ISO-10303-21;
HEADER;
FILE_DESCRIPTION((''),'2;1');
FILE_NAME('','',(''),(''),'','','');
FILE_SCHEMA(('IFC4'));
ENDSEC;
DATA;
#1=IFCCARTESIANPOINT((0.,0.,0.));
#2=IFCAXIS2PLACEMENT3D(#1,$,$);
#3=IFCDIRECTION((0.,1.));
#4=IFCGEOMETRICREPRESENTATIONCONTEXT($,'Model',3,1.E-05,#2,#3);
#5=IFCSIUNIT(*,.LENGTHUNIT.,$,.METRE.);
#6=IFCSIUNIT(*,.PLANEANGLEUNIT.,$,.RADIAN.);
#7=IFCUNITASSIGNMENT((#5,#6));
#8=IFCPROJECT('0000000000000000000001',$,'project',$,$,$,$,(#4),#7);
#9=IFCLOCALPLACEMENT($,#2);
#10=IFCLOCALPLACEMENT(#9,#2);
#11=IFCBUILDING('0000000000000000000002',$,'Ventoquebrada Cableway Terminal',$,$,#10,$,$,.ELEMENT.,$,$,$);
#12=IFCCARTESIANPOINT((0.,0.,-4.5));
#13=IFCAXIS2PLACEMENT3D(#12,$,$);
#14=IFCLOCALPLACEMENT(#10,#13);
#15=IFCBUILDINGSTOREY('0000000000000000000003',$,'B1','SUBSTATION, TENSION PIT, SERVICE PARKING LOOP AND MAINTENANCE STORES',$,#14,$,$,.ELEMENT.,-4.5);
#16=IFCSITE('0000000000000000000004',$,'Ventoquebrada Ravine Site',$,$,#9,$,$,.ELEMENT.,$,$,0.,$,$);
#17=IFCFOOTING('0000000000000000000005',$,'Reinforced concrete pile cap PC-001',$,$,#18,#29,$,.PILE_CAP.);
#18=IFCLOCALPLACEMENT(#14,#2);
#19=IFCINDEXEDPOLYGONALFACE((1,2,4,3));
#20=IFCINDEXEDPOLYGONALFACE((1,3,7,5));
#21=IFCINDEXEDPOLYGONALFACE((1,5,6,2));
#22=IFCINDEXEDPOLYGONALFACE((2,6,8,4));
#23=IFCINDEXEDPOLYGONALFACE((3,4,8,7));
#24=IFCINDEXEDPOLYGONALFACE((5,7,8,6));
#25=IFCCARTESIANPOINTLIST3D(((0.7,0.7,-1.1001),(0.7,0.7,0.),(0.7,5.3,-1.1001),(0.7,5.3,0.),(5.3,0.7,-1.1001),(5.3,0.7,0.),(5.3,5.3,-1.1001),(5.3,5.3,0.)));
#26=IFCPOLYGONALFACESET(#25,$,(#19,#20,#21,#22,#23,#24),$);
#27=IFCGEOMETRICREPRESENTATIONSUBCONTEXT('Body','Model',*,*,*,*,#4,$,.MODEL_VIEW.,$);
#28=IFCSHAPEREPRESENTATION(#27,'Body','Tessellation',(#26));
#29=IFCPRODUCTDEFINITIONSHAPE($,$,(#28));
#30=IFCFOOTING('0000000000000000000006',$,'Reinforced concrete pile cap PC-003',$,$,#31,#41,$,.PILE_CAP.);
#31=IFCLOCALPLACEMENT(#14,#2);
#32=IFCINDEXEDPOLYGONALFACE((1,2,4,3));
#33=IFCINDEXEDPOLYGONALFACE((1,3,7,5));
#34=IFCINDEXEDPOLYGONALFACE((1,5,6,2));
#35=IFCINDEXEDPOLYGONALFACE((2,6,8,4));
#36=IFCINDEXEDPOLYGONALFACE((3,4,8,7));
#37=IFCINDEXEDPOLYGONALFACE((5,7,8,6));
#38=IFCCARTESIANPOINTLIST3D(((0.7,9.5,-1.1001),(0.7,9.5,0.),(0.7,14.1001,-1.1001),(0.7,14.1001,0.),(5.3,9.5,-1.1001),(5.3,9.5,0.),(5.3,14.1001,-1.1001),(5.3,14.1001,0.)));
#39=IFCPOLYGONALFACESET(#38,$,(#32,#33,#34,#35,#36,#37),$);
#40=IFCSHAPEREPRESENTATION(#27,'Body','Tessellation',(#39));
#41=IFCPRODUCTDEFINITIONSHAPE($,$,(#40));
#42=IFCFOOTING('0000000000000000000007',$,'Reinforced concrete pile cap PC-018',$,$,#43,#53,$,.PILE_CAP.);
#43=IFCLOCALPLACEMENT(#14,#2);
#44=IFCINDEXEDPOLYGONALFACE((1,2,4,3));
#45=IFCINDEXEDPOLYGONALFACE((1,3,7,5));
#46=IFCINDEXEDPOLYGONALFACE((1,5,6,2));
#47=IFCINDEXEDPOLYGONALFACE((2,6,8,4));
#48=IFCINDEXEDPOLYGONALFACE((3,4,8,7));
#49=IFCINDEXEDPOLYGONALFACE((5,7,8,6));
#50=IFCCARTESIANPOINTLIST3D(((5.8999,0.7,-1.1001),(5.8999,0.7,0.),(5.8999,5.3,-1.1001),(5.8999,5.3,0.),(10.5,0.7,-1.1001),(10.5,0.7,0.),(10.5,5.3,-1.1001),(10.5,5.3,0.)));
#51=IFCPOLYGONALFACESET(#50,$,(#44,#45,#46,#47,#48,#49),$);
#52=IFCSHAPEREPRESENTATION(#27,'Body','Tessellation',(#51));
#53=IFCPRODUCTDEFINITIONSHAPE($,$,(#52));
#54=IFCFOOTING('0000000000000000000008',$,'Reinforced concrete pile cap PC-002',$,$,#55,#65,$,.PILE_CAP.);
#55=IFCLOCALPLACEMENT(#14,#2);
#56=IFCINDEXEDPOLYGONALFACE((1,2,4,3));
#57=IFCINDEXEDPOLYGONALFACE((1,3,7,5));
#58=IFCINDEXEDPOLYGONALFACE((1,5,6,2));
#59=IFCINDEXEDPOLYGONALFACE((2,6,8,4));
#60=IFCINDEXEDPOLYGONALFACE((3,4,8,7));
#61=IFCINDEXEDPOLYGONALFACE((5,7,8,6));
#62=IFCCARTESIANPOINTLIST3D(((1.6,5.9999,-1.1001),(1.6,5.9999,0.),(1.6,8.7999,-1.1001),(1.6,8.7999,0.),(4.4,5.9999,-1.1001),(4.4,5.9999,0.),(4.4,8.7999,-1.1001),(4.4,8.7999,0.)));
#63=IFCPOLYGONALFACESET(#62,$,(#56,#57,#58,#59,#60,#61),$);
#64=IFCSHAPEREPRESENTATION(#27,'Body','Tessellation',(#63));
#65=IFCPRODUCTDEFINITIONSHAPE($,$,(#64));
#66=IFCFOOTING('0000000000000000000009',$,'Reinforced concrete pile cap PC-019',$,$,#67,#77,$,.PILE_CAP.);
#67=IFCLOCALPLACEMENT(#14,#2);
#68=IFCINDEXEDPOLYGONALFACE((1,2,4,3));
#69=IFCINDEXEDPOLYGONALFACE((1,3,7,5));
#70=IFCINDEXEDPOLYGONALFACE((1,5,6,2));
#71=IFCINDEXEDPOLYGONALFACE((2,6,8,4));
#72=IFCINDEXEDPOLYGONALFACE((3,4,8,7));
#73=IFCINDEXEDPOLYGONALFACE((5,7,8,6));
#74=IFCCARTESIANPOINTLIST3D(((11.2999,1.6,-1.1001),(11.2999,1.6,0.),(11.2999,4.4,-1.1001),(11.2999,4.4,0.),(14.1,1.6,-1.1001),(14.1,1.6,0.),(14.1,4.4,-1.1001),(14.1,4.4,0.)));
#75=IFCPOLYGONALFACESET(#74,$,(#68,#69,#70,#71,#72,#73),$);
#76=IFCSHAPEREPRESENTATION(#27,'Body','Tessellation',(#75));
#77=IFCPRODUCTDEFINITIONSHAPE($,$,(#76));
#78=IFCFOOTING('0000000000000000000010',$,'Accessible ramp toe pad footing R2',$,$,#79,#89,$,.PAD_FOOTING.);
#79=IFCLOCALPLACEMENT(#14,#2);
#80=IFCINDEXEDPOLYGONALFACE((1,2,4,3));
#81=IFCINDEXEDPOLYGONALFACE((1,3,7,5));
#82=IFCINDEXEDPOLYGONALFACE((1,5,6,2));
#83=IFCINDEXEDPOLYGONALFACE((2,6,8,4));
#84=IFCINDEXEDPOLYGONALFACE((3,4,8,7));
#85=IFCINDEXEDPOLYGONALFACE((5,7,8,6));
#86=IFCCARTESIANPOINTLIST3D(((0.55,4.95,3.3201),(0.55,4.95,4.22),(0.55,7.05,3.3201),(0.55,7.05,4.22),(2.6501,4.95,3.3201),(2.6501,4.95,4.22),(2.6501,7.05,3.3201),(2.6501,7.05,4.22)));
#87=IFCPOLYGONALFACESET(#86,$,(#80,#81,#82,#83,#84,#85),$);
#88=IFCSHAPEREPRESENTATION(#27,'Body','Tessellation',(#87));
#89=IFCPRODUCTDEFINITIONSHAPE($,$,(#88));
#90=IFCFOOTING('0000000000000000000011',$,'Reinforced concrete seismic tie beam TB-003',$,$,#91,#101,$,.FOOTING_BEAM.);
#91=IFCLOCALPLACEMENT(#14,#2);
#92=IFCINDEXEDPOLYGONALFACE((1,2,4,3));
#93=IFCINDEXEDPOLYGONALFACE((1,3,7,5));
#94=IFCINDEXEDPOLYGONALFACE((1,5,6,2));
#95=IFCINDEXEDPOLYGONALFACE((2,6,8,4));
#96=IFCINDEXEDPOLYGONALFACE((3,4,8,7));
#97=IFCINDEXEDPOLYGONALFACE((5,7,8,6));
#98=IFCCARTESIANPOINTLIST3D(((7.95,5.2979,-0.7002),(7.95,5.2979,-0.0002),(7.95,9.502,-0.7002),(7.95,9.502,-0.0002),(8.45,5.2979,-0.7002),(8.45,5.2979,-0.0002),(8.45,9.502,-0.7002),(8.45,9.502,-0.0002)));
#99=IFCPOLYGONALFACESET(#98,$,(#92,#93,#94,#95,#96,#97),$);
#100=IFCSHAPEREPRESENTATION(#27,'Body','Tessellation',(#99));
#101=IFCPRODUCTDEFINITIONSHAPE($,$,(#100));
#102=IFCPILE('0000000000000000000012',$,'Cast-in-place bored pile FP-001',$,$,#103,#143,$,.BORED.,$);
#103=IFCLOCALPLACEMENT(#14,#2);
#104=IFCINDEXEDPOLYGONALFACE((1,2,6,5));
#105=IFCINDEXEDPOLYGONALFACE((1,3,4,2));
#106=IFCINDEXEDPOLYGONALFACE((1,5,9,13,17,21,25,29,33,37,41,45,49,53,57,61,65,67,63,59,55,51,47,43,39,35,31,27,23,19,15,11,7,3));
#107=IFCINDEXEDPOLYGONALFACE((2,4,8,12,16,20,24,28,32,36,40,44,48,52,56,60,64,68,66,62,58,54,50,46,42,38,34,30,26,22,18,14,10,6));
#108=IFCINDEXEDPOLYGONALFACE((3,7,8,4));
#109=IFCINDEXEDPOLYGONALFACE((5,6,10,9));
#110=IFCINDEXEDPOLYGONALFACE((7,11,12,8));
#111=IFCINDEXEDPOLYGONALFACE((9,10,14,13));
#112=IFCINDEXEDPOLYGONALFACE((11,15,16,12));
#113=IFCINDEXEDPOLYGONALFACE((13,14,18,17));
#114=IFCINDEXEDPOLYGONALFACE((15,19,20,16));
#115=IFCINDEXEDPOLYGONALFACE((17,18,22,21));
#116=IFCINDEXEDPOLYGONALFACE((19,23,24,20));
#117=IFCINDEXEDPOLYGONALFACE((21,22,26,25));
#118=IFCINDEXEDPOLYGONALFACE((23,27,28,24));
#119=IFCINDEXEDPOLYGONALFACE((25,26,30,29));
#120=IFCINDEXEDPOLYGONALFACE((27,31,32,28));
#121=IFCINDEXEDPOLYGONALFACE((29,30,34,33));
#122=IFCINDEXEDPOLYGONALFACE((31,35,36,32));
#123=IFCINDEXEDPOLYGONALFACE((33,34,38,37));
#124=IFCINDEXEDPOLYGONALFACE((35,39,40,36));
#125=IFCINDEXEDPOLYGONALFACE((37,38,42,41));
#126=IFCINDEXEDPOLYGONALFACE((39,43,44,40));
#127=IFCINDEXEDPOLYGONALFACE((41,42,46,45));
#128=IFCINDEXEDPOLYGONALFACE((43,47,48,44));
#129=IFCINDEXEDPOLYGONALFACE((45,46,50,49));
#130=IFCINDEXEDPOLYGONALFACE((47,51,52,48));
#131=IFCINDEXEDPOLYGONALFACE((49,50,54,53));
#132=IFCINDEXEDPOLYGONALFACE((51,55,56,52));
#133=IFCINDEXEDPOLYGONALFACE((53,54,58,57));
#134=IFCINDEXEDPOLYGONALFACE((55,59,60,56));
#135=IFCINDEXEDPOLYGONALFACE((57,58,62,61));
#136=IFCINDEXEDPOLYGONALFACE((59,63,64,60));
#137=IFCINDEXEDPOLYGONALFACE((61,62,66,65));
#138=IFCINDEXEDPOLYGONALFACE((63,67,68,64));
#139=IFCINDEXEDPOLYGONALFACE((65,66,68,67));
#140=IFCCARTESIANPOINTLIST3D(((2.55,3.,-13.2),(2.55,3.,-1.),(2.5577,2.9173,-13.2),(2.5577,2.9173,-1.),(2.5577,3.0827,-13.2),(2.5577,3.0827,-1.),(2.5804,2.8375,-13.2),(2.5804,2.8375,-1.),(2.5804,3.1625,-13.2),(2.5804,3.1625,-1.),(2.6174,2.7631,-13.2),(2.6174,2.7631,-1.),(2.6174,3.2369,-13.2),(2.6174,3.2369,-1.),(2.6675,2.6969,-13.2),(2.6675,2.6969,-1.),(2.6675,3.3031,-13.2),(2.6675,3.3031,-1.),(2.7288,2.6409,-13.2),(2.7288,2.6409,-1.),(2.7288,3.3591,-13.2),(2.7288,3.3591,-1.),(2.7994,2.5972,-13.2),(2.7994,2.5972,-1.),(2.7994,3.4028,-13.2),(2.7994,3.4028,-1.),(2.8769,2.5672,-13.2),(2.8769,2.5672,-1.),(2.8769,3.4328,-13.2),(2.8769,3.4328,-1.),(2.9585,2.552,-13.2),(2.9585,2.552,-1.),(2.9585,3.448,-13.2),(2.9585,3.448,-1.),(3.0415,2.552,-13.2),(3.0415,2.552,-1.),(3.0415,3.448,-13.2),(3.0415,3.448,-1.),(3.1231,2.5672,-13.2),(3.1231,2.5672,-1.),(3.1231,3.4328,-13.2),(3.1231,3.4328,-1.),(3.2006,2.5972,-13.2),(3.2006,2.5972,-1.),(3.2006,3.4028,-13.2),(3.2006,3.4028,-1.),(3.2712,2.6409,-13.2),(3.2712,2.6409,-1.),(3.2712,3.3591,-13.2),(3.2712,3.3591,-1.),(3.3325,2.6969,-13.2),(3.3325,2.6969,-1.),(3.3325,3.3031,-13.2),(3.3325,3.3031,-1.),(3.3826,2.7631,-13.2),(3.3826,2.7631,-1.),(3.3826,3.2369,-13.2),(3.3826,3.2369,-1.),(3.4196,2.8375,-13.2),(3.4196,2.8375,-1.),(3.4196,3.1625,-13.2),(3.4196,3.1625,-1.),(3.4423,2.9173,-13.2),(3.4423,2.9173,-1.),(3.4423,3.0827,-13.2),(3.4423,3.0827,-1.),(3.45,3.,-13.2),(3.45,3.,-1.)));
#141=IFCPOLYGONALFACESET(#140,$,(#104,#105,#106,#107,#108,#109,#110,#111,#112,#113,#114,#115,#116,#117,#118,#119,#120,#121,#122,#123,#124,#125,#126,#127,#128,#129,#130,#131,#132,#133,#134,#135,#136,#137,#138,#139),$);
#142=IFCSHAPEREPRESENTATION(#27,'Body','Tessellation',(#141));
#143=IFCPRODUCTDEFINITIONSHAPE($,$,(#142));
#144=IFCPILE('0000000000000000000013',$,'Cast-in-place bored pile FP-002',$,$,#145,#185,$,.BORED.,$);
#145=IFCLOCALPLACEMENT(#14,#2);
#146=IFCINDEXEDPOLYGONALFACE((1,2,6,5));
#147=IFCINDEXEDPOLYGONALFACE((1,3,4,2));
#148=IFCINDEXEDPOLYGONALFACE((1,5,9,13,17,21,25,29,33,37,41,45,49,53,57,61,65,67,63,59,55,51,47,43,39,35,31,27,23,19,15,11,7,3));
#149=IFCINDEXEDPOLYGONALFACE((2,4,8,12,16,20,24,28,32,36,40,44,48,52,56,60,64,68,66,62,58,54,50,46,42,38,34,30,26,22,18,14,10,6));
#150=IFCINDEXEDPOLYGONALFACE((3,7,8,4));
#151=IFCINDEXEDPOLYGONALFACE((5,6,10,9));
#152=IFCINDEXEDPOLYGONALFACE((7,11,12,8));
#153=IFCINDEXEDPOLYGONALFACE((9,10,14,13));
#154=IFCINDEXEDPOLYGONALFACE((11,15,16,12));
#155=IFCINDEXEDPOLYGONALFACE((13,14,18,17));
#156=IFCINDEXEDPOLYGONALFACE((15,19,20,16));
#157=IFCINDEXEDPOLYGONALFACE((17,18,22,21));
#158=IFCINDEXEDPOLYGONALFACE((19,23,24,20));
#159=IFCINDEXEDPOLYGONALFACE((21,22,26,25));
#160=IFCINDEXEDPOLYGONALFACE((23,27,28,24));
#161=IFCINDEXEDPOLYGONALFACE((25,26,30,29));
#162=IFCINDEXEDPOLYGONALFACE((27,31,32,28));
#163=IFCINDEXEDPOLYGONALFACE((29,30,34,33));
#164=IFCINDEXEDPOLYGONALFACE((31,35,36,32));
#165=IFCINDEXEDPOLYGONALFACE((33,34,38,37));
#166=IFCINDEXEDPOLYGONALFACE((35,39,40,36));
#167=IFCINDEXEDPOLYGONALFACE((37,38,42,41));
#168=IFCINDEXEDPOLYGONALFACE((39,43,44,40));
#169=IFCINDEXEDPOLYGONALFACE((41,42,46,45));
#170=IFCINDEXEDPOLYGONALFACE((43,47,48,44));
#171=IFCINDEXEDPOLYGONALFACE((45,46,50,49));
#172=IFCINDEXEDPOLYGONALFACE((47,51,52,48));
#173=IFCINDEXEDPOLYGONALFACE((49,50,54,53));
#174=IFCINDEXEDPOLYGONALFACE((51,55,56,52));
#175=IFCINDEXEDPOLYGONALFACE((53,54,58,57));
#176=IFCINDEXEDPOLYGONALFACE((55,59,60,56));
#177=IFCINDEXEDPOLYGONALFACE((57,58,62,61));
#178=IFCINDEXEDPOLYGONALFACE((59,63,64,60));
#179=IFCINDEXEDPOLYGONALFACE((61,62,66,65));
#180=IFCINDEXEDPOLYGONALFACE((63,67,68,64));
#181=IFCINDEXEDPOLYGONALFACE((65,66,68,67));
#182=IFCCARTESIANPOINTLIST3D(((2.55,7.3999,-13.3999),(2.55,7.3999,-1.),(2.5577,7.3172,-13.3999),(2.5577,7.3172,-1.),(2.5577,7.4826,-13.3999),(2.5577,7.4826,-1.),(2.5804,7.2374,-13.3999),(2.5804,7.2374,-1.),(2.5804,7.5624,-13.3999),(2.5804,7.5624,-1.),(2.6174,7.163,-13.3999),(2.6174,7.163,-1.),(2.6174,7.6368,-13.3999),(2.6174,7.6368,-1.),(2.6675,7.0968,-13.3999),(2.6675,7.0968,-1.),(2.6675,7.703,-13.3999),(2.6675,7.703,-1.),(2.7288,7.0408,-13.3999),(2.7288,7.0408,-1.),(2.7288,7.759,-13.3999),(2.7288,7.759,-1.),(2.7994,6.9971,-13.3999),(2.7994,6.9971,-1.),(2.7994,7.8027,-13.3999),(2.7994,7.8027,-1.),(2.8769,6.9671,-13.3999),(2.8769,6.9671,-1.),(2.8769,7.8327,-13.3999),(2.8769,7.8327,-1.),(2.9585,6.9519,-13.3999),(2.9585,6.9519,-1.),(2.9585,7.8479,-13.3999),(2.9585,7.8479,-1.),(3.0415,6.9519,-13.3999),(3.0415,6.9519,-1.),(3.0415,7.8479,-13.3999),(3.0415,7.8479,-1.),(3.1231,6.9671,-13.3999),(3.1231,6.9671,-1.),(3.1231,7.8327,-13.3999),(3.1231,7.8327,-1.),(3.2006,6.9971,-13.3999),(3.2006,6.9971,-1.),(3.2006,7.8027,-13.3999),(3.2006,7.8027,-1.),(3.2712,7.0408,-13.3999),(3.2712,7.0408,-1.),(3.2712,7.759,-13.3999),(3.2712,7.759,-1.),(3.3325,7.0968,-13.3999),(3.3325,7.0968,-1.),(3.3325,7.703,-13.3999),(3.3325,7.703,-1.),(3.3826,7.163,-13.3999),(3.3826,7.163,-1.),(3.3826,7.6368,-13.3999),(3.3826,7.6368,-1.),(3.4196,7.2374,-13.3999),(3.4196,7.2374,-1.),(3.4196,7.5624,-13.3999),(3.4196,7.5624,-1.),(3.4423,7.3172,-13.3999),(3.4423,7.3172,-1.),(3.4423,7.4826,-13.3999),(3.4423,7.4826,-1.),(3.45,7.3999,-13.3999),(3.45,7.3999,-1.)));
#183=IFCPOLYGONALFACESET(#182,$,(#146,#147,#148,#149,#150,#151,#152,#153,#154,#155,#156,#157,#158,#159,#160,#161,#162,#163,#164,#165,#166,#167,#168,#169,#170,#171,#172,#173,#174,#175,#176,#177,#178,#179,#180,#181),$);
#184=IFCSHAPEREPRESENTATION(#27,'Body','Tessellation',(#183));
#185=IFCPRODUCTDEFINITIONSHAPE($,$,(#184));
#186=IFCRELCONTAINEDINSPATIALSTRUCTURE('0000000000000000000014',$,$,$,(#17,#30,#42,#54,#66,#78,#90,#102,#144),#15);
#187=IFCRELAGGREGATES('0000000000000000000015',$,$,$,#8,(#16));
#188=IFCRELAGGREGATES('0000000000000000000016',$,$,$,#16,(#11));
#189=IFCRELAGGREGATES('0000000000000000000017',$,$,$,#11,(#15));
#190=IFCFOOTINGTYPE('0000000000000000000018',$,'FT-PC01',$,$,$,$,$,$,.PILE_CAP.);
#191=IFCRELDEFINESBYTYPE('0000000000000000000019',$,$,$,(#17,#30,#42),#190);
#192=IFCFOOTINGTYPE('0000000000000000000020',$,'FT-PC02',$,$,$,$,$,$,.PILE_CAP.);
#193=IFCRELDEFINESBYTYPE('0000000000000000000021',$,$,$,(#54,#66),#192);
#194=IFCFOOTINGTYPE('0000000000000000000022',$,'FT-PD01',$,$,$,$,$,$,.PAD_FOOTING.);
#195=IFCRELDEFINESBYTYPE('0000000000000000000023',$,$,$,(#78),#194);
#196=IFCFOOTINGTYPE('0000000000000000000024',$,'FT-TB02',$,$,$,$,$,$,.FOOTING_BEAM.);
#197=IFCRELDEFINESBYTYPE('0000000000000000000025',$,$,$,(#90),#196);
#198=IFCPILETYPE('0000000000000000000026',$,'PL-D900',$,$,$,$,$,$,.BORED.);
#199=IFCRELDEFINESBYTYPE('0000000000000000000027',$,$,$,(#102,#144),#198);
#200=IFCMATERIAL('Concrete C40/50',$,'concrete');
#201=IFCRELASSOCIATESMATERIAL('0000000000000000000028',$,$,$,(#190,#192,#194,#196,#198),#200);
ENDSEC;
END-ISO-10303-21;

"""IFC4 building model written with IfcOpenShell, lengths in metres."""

from ifc_helpers import new_model, si_unit, direction, frame, origin, origin_2d, place, context, subcontext, project, spatial, rectangle, circle, extrude, material, material_profile, profile_set, type_object, element, save


model = new_model("IFC4")

# Units and contexts
model_context = context("Model", 3, precision=1e-05, world=origin(), true_north=direction((0.0, 1.0)))
body_context = subcontext(model_context, "Body", "Model", "MODEL_VIEW")
ifc_project = project(units=[si_unit("LENGTHUNIT", "METRE"), si_unit("PLANEANGLEUNIT", "RADIAN")], contexts=[model_context])

# Site, building, storey
site_placement = place(None, origin())
site = spatial("IfcSite", under=ifc_project, at=site_placement, Name="Ventoquebrada Ravine Site", CompositionType="ELEMENT", RefElevation=0.0)
building_placement = place(site_placement, origin())
building = spatial("IfcBuilding", under=site, at=building_placement, Name="Ventoquebrada Cableway Terminal", CompositionType="ELEMENT")
storey_placement = place(building_placement, frame((0.0, 0.0, -4.5)))
storey = spatial("IfcBuildingStorey", under=building, at=storey_placement, Name="B1", Description="SUBSTATION, TENSION PIT, SERVICE PARKING LOOP AND MAINTENANCE STORES", CompositionType="ELEMENT", Elevation=-4.5)

# Footings
ifc_material = material(Name="Concrete C40/50", Category="concrete")
footing_type_1 = type_object("IfcFootingType", Name="FT-PC01", PredefinedType="PILE_CAP", material=ifc_material)
for number, where, z_axis, x_axis, name in (
    (1, (3.0, 3.0, -1.1001), (0.0, 0.0, 1.0), (1.0, 0.0, 0.0), "Reinforced concrete pile cap PC-001"),
    (2, (3.0, 11.8, -1.1001), (0.0, 0.0, 1.0), (1.0, 0.0, 0.0), "Reinforced concrete pile cap PC-003"),
    (3, (8.2, 3.0, -1.1001), (0.0, 0.0, 1.0), (1.0, 0.0, 0.0), "Reinforced concrete pile cap PC-018"),
):
    element("IfcFooting", number, at=place(storey_placement, frame(where, z_axis=z_axis, x_axis=x_axis)), inside=storey, type_object=footing_type_1, Name=name, PredefinedType="PILE_CAP", context=body_context, shape_type="SweptSolid", body=[
        extrude(rectangle(XDim=4.6001, YDim=4.6001, at=origin_2d()), origin(), (0.0, 0.0, 1.0), 1.1001),
    ])
footing_type_2 = type_object("IfcFootingType", Name="FT-PC02", PredefinedType="PILE_CAP", material=ifc_material)
for number, where, z_axis, x_axis, name in (
    (4, (3.0, 7.3999, -1.1001), (0.0, 0.0, 1.0), (1.0, 0.0, 0.0), "Reinforced concrete pile cap PC-002"),
    (5, (12.7, 3.0, -1.1001), (0.0, 0.0, 1.0), (1.0, 0.0, 0.0), "Reinforced concrete pile cap PC-019"),
):
    element("IfcFooting", number, at=place(storey_placement, frame(where, z_axis=z_axis, x_axis=x_axis)), inside=storey, type_object=footing_type_2, Name=name, PredefinedType="PILE_CAP", context=body_context, shape_type="SweptSolid", body=[
        extrude(rectangle(XDim=2.8, YDim=2.8, at=origin_2d()), origin(), (0.0, 0.0, 1.0), 1.1001),
    ])
footing_type_3 = type_object("IfcFootingType", Name="FT-PD01", PredefinedType="PAD_FOOTING", material=ifc_material)
footing_1_placement = place(storey_placement, frame((1.6001, 6.0, 3.3201), z_axis=(0.0, 0.0, 1.0), x_axis=(1.0, 0.0, 0.0)))
element("IfcFooting", 6, at=footing_1_placement, inside=storey, type_object=footing_type_3, Name="Accessible ramp toe pad footing R2", PredefinedType="PAD_FOOTING", context=body_context, shape_type="SweptSolid", body=[
    extrude(rectangle(XDim=2.1001, YDim=2.1001, at=origin_2d()), origin(), (0.0, 0.0, 1.0), 0.8999),
])
footing_type_4 = type_object("IfcFootingType", Name="FT-TB02", PredefinedType="FOOTING_BEAM", material=ifc_material)
footing_2_placement = place(storey_placement, frame((8.2, 7.3999, -0.7002), z_axis=(0.0, 0.0, 1.0), x_axis=(0.0, 1.0, 0.0)))
element("IfcFooting", 7, at=footing_2_placement, inside=storey, type_object=footing_type_4, Name="Reinforced concrete seismic tie beam TB-003", PredefinedType="FOOTING_BEAM", context=body_context, shape_type="SweptSolid", body=[
    extrude(rectangle(XDim=4.2041, YDim=0.5, at=origin_2d()), origin(), (0.0, 0.0, 1.0), 0.7),
])

# Piles
ifc_material_profile_1 = material_profile(ifc_material, circle(Radius=0.45, at=origin_2d()), Name="PILE-D900")
ifc_profile_set_1 = profile_set([ifc_material_profile_1], Name="Concrete C40/50")
pile_type = type_object("IfcPileType", Name="PL-D900", PredefinedType="BORED", material=ifc_profile_set_1)
pile_1_placement = place(storey_placement, frame((3.0, 3.0, -1.0), z_axis=(0.0, 0.0, -1.0), x_axis=(1.0, 0.0, 0.0)))
element("IfcPile", 8, at=pile_1_placement, inside=storey, type_object=pile_type, Name="Cast-in-place bored pile FP-001", PredefinedType="BORED", context=body_context, shape_type="SweptSolid", body=[
    extrude(circle(Radius=0.45, at=origin_2d()), origin(), (0.0, 0.0, 1.0), 12.2),
])
pile_2_placement = place(storey_placement, frame((3.0, 7.3999, -1.0), z_axis=(0.0, 0.0, -1.0), x_axis=(1.0, 0.0, 0.0)))
element("IfcPile", 9, at=pile_2_placement, inside=storey, type_object=pile_type, Name="Cast-in-place bored pile FP-002", PredefinedType="BORED", context=body_context, shape_type="SweptSolid", body=[
    extrude(circle(Radius=0.45, at=origin_2d()), origin(), (0.0, 0.0, 1.0), 12.3999),
])

save(model, "model.ifc")
